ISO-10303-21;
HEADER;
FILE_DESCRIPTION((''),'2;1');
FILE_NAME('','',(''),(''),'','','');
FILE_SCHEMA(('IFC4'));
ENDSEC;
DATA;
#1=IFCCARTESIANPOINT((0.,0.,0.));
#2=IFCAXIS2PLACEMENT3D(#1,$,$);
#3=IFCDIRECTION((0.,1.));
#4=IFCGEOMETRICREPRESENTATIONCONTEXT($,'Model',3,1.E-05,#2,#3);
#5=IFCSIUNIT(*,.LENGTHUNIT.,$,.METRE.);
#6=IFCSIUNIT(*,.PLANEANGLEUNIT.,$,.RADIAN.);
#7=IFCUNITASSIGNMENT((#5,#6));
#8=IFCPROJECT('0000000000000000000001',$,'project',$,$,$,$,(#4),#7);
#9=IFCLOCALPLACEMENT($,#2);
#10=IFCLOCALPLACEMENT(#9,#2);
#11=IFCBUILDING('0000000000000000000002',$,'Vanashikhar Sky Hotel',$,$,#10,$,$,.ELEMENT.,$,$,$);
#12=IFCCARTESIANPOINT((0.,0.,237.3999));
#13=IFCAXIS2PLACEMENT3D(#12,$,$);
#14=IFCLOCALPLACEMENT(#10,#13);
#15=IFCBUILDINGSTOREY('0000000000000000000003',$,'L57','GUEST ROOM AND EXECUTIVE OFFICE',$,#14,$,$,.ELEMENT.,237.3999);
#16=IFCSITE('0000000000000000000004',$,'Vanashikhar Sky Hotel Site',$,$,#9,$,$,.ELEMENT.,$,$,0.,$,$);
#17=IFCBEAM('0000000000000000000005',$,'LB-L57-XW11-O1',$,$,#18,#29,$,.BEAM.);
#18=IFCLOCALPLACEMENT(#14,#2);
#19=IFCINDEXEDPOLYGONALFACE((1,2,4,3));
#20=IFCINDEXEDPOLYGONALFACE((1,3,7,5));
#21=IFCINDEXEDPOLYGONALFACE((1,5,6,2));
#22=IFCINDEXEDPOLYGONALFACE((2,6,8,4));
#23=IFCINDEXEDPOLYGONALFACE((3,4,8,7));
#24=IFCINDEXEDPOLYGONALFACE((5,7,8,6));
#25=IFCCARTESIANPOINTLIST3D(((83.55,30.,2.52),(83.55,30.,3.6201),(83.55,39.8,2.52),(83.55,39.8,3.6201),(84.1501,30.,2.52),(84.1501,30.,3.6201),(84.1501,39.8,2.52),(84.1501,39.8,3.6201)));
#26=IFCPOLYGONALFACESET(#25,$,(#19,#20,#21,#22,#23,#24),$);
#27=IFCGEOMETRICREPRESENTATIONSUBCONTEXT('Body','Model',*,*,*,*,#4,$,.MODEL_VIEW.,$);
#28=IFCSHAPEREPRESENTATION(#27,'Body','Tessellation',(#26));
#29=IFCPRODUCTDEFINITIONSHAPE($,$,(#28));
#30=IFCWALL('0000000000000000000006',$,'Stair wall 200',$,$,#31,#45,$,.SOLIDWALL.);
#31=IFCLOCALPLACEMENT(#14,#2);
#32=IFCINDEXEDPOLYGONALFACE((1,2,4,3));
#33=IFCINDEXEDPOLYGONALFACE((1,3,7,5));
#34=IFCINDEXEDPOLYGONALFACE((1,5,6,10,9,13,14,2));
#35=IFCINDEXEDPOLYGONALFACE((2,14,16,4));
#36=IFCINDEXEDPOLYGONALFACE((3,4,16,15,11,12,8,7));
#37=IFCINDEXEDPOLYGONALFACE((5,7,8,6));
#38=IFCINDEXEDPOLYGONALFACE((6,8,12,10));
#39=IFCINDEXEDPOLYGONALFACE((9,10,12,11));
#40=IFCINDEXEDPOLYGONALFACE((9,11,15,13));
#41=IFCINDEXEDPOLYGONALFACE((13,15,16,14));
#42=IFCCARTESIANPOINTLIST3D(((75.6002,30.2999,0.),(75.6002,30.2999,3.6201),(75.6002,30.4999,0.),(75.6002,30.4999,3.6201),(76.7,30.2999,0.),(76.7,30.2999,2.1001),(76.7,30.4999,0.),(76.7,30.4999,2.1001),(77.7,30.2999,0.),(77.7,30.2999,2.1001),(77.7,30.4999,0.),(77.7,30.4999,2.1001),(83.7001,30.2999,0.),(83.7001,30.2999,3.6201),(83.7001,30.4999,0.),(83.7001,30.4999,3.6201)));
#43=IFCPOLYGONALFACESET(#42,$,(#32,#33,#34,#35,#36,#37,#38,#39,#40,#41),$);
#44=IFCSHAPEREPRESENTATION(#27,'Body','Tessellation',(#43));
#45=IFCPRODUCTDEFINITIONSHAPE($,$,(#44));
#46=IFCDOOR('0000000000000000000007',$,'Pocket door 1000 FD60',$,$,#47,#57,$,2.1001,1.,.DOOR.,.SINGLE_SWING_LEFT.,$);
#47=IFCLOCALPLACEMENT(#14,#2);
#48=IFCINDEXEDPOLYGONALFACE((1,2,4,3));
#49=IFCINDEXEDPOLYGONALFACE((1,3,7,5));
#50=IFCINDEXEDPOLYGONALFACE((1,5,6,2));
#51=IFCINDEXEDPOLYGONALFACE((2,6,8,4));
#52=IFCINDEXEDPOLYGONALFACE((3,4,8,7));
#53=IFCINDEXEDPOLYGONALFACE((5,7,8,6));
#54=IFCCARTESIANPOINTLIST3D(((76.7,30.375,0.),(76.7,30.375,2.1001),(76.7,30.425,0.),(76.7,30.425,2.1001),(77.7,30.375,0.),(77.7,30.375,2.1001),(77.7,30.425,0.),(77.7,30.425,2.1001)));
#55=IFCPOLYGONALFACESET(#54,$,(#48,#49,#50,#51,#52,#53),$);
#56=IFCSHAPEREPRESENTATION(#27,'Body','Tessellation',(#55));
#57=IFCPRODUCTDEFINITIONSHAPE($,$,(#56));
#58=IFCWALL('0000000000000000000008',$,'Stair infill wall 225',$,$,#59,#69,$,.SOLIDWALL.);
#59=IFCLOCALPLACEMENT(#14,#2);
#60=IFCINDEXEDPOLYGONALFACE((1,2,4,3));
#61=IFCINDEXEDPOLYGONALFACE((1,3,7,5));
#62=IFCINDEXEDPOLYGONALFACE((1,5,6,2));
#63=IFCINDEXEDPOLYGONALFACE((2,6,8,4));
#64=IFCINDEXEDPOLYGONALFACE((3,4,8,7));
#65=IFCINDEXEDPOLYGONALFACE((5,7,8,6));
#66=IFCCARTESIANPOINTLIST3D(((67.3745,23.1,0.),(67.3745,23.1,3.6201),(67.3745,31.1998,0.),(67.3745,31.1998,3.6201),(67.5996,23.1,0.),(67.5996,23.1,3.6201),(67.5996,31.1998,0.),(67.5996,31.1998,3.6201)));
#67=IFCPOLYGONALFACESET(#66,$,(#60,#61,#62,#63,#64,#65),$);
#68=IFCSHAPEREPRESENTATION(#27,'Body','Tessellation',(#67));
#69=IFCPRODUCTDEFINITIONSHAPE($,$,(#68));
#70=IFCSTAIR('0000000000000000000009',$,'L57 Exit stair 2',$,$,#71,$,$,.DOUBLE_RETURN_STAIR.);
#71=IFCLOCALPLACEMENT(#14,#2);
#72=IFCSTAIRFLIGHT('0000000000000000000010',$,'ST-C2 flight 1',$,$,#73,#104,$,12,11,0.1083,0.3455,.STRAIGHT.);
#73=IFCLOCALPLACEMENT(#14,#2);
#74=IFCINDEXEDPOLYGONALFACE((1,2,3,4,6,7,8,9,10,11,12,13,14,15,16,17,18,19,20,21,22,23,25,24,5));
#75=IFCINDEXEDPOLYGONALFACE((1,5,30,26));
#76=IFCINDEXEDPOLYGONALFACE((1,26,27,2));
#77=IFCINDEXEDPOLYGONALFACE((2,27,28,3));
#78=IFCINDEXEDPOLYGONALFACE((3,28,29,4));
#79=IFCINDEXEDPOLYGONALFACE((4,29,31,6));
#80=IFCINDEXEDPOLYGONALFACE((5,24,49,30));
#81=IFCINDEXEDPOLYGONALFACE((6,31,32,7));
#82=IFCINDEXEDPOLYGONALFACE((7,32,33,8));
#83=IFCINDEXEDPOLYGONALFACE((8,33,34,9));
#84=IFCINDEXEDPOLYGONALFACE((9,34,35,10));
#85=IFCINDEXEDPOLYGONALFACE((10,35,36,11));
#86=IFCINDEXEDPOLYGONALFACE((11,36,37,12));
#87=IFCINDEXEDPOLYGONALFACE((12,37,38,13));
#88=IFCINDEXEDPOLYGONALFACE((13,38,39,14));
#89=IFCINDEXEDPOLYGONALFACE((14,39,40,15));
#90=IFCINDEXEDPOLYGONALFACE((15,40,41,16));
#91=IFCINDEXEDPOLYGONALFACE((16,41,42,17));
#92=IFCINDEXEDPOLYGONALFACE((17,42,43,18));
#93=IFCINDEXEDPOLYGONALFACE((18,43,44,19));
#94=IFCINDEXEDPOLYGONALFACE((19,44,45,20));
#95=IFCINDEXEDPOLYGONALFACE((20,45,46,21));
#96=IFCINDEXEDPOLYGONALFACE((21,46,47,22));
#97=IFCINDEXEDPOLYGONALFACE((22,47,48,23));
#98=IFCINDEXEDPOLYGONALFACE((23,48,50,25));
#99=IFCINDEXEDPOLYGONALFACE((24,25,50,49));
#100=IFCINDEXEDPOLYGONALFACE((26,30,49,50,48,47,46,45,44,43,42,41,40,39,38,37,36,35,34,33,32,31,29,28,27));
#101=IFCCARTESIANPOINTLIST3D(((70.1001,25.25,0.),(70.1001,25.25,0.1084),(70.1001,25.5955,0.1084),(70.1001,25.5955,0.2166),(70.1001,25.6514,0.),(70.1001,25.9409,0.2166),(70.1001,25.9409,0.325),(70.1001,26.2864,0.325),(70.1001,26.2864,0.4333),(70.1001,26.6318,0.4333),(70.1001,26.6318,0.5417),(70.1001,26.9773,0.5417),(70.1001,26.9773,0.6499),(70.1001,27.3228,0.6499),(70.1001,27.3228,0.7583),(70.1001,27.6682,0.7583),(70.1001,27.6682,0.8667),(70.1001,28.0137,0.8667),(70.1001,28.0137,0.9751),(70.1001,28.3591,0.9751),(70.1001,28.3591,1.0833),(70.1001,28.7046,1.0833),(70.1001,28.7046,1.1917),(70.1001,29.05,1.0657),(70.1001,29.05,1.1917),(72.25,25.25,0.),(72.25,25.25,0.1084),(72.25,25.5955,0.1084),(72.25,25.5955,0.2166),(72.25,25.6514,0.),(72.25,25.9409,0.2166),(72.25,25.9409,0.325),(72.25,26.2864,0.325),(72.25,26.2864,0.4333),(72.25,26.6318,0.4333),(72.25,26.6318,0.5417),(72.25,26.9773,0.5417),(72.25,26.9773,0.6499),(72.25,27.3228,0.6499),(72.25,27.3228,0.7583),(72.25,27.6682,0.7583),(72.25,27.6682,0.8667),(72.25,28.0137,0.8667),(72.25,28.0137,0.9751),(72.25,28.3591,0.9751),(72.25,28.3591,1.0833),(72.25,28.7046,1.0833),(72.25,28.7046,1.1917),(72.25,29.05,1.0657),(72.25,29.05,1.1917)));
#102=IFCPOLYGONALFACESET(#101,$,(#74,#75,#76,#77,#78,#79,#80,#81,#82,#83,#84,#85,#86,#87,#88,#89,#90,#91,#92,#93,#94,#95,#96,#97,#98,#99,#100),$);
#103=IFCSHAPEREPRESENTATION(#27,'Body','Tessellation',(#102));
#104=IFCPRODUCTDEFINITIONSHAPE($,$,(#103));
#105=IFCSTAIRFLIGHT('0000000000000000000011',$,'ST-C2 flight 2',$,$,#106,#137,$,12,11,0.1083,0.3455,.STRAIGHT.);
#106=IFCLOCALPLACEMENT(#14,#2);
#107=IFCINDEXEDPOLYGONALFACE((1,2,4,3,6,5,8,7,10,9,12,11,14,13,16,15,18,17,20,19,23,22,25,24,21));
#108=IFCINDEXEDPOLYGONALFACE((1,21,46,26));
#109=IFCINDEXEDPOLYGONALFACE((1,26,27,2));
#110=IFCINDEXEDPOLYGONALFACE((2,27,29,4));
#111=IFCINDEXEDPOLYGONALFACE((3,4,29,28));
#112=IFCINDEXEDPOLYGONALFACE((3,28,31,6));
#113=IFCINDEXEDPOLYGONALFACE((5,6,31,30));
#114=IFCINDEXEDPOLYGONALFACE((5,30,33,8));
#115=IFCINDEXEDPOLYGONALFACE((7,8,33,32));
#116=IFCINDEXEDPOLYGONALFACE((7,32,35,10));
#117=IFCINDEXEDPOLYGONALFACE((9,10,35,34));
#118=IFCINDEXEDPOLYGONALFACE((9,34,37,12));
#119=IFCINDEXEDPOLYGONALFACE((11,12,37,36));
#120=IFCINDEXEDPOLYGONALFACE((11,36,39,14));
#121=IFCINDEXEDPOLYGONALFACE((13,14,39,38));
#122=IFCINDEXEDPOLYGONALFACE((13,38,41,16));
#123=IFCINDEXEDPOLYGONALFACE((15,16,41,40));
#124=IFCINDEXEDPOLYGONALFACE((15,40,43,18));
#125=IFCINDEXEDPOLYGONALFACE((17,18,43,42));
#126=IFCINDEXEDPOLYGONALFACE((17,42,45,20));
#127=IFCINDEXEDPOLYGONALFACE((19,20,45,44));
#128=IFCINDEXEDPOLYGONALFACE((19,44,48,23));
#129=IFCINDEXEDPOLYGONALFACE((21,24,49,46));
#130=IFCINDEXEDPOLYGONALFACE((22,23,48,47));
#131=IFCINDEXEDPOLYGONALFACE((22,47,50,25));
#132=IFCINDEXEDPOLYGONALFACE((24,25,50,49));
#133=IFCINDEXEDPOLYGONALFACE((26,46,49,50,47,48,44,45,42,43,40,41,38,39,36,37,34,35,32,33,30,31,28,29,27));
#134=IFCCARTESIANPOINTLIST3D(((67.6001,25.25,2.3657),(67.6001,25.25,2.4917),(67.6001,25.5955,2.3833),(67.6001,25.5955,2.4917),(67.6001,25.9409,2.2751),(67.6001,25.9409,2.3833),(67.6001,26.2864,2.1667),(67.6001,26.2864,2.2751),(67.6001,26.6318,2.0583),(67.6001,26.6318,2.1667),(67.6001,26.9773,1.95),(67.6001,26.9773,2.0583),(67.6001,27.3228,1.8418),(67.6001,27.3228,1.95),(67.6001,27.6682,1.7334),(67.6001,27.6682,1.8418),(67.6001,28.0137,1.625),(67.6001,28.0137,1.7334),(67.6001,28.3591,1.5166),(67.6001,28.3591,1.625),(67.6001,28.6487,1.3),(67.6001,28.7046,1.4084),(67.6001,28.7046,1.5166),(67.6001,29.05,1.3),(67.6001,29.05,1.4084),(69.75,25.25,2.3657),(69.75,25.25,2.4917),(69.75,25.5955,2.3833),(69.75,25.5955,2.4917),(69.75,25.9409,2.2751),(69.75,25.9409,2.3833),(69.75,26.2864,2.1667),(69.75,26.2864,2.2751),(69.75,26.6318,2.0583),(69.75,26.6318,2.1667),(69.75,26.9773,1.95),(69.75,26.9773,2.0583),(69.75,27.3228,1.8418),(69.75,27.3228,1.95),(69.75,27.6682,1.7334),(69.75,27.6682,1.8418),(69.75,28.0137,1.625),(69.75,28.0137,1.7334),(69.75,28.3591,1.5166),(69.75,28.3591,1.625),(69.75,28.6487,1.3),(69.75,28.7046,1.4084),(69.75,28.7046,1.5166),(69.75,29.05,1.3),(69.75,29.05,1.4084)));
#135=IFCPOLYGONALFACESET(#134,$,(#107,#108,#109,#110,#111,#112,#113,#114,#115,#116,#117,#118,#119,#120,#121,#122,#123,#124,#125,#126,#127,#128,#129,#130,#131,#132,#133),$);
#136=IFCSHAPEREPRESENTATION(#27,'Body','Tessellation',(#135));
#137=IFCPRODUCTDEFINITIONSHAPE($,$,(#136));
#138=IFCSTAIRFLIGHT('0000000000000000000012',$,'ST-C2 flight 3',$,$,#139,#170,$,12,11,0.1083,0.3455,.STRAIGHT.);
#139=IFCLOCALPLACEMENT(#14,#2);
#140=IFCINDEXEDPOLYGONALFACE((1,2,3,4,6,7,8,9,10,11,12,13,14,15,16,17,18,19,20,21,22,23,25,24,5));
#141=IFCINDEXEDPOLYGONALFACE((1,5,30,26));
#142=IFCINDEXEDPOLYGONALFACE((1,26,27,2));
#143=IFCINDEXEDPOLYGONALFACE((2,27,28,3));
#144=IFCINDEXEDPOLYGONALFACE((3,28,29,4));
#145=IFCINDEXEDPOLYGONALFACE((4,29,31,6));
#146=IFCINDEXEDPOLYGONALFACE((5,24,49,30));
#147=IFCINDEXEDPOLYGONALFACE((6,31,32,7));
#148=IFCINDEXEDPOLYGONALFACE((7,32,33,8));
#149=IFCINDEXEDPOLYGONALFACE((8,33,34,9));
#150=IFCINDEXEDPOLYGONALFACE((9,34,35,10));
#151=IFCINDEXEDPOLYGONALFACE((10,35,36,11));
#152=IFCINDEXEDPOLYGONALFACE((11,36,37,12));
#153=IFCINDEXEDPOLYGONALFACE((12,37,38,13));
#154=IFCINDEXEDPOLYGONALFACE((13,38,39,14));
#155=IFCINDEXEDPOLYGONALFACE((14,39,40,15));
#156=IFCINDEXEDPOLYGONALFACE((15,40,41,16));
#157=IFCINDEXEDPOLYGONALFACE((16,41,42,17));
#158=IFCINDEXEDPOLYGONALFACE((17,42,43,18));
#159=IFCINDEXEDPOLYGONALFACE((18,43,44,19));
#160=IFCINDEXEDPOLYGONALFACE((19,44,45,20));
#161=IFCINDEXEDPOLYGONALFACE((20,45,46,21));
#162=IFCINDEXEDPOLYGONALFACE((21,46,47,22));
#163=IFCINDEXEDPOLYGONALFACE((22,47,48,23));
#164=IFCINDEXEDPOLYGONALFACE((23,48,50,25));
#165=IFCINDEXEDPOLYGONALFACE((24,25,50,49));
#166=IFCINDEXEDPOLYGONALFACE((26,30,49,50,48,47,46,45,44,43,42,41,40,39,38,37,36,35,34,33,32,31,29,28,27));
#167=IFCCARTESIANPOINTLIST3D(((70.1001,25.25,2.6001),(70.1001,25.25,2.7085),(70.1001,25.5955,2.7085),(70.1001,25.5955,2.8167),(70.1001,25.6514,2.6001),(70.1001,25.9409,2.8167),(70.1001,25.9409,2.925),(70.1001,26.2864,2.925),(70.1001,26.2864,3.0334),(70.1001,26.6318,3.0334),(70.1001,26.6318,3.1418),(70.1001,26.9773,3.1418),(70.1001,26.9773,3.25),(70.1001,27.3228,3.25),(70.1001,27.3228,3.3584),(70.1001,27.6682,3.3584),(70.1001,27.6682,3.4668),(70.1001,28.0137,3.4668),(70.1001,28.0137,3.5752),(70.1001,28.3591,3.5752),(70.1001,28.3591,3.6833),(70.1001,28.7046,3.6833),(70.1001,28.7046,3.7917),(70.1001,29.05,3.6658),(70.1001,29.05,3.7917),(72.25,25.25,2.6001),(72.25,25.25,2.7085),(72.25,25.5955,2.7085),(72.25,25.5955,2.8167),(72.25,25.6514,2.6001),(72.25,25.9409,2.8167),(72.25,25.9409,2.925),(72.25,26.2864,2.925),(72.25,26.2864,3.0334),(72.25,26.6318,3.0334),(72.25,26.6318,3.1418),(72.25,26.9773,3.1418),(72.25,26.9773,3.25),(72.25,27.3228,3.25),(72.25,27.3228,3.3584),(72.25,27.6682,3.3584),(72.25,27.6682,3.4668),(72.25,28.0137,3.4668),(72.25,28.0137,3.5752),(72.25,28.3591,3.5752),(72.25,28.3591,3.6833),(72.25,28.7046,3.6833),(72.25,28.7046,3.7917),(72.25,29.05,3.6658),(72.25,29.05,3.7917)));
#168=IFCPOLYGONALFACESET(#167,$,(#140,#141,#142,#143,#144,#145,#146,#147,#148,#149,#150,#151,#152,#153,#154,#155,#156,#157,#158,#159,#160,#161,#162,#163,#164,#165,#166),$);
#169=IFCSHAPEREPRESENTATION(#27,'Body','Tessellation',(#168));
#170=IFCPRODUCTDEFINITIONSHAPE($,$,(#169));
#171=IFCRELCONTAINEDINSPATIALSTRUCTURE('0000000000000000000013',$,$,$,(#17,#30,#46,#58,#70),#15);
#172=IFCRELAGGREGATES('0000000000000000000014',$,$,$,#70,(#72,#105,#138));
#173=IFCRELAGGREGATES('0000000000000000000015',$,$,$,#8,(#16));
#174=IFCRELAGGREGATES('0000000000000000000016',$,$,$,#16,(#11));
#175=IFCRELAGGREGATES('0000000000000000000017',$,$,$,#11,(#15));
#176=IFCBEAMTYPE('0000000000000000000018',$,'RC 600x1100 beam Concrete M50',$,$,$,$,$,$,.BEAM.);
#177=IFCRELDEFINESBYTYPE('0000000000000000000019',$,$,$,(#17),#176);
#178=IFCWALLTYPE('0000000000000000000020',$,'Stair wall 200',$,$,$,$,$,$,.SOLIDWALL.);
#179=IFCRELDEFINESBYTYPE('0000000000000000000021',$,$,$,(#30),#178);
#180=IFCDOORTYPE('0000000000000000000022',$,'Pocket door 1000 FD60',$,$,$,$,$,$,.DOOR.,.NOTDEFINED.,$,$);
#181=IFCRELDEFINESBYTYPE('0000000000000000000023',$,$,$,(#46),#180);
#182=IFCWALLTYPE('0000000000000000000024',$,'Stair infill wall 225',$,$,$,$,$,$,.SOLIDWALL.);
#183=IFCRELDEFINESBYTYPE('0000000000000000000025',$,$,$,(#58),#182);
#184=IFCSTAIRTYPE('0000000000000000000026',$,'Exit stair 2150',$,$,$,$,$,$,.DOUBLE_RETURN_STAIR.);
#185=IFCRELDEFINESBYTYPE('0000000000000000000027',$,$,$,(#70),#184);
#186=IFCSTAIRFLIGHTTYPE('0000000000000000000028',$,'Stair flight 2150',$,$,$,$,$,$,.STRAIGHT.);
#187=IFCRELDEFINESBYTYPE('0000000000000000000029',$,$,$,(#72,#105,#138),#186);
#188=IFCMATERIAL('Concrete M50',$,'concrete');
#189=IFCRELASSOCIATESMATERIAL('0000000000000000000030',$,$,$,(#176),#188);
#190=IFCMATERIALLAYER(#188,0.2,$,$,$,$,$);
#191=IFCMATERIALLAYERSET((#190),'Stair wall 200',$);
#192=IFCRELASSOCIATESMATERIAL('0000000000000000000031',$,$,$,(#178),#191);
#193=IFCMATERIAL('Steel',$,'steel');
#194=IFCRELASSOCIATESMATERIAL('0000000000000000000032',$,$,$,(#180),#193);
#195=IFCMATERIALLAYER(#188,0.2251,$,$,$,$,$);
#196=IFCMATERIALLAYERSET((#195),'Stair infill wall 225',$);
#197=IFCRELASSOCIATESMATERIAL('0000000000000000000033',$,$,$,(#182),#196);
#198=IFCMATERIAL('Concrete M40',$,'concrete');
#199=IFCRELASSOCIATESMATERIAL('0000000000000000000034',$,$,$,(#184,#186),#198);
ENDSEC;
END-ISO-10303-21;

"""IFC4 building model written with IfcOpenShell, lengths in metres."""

from ifc_helpers import new_model, si_unit, direction, frame, frame_2d, origin, origin_2d, place, context, subcontext, project, spatial, polyline, rectangle, outline, extrude, source, transform, mapped, material, layer, layer_set, material_profile, profile_set, type_object, element, fill, aggregate, save


model = new_model("IFC4")

# Units and contexts
model_context = context("Model", 3, precision=1e-05, world=origin(), true_north=direction((0.0, 1.0)))
body_context = subcontext(model_context, "Body", "Model", "MODEL_VIEW")
ifc_project = project(units=[si_unit("LENGTHUNIT", "METRE"), si_unit("PLANEANGLEUNIT", "RADIAN")], contexts=[model_context])

# Site, building, storey
site_placement = place(None, origin())
site = spatial("IfcSite", under=ifc_project, at=site_placement, Name="Vanashikhar Sky Hotel Site", CompositionType="ELEMENT", RefElevation=0.0)
building_placement = place(site_placement, origin())
building = spatial("IfcBuilding", under=site, at=building_placement, Name="Vanashikhar Sky Hotel", CompositionType="ELEMENT")
storey_placement = place(building_placement, frame((0.0, 0.0, 237.3999)))
storey = spatial("IfcBuildingStorey", under=building, at=storey_placement, Name="L57", Description="GUEST ROOM AND EXECUTIVE OFFICE", CompositionType="ELEMENT", Elevation=237.3999)

# Beam
ifc_material_1 = material(Name="Concrete M50", Category="concrete")
ifc_material_profile = material_profile(ifc_material_1, rectangle(XDim=0.6001, YDim=1.1001, at=origin_2d()))
ifc_profile_set = profile_set([ifc_material_profile], Name="RC 600x1100 beam Concrete M50")
beam_type = type_object("IfcBeamType", Name="RC 600x1100 beam Concrete M50", PredefinedType="BEAM", material=ifc_profile_set)
shared_shape_1 = source(origin(), body_context, "Body", "SweptSolid", [
    extrude(rectangle(XDim=0.6001, YDim=1.1001, at=origin_2d()), origin(), (0.0, 0.0, 1.0), 9.8),
])
beam_placement = place(storey_placement, frame((83.8501, 30.0, 3.0701), z_axis=(0.0, 1.0, 0.0), x_axis=(-1.0, 0.0, 0.0)))
element("IfcBeam", 1, at=beam_placement, inside=storey, type_object=beam_type, Name="LB-L57-XW11-O1", PredefinedType="BEAM", context=body_context, shape_type="MappedRepresentation", body=[
    mapped(shared_shape_1, transform((0.0, 0.0, 0.0), scale=1.0)),
])

# Wall, opening, door
ifc_layer_1 = layer(ifc_material_1, 0.2)
ifc_layer_set_1 = layer_set([ifc_layer_1], Name="Stair wall 200")
wall_type_1 = type_object("IfcWallType", Name="Stair wall 200", PredefinedType="SOLIDWALL", material=ifc_layer_set_1)
shared_shape_2 = source(origin(), body_context, "Body", "SweptSolid", [
    extrude(rectangle(XDim=8.0999, YDim=0.2, at=frame_2d((4.0498, 0.0))), origin(), (0.0, 0.0, 1.0), 3.6201),
])
wall_1_placement = place(storey_placement, frame((83.7, 30.3999, 0.0), z_axis=(0.0, 0.0, 1.0), x_axis=(-1.0, 0.0, 0.0)))
wall_1 = element("IfcWall", 2, at=wall_1_placement, inside=storey, type_object=wall_type_1, Name="Stair wall 200", PredefinedType="SOLIDWALL", context=body_context, shape_type="MappedRepresentation", body=[
    mapped(shared_shape_2, transform((0.0, 0.0, 0.0), scale=1.0)),
])
shared_shape_3 = source(origin(), body_context, "Body", "SweptSolid", [
    extrude(rectangle(XDim=1.0, YDim=2.1001, at=frame_2d((0.5, 1.05))), frame((0.0, 0.1099, 0.0), z_axis=(0.0, -1.0, 0.0), x_axis=(1.0, 0.0, 0.0)), (0.0, 0.0, 1.0), 0.22),
])
opening_placement = place(wall_1_placement, frame((6.0, 0.0, 0.0)))
opening = element("IfcOpeningElement", 3, at=opening_placement, cuts=wall_1, PredefinedType="OPENING", context=body_context, shape_type="MappedRepresentation", body=[
    mapped(shared_shape_3, transform((0.0, 0.0, 0.0), scale=1.0)),
])
ifc_material_2 = material(Name="Steel", Category="steel")
door_type = type_object("IfcDoorType", Name="Pocket door 1000 FD60", OperationType="NOTDEFINED", PredefinedType="DOOR", material=ifc_material_2)
shared_shape_4 = source(origin(), body_context, "Body", "SweptSolid", [
    extrude(rectangle(XDim=1.0, YDim=2.1001, at=frame_2d((0.5, 1.05))), frame((0.0, 0.0249, 0.0), z_axis=(0.0, -1.0, 0.0), x_axis=(1.0, 0.0, 0.0)), (0.0, 0.0, 1.0), 0.05),
])
door_placement = place(opening_placement, origin())
door = element("IfcDoor", 4, at=door_placement, inside=storey, type_object=door_type, Name="Pocket door 1000 FD60", OperationType="SINGLE_SWING_LEFT", OverallHeight=2.1001, OverallWidth=1.0, PredefinedType="DOOR", context=body_context, shape_type="MappedRepresentation", body=[
    mapped(shared_shape_4, transform((0.0, 0.0, 0.0), scale=1.0)),
])
fill(opening, door)

# Wall
ifc_layer_2 = layer(ifc_material_1, 0.2251)
ifc_layer_set_2 = layer_set([ifc_layer_2], Name="Stair infill wall 225")
wall_type_2 = type_object("IfcWallType", Name="Stair infill wall 225", PredefinedType="SOLIDWALL", material=ifc_layer_set_2)
shared_shape_5 = source(origin(), body_context, "Body", "SweptSolid", [
    extrude(rectangle(XDim=8.0999, YDim=0.2251, at=frame_2d((4.0498, 0.0))), origin(), (0.0, 0.0, 1.0), 3.6201),
])
wall_2_placement = place(storey_placement, frame((67.4871, 23.1001, 0.0), z_axis=(0.0, 0.0, 1.0), x_axis=(0.0, 1.0, 0.0)))
element("IfcWall", 5, at=wall_2_placement, inside=storey, type_object=wall_type_2, Name="Stair infill wall 225", PredefinedType="SOLIDWALL", context=body_context, shape_type="MappedRepresentation", body=[
    mapped(shared_shape_5, transform((0.0, 0.0, 0.0), scale=1.0)),
])

# Stair, stair flights
ifc_material_3 = material(Name="Concrete M40", Category="concrete")
stair_type = type_object("IfcStairType", Name="Exit stair 2150", PredefinedType="DOUBLE_RETURN_STAIR", material=ifc_material_3)
stair_1_placement = place(storey_placement, origin())
stair_1 = element("IfcStair", 6, at=stair_1_placement, inside=storey, type_object=stair_type, Name="L57 Exit stair 2", PredefinedType="DOUBLE_RETURN_STAIR")
stair_flight_type = type_object("IfcStairFlightType", Name="Stair flight 2150", PredefinedType="STRAIGHT", material=ifc_material_3)
shared_shape_6 = source(origin(), body_context, "Body", "SweptSolid", [
    extrude(outline(polyline([(0.0, 0.0), (0.0, 0.1084), (0.3455, 0.1084), (0.3455, 0.2166), (0.6909, 0.2166), (0.6909, 0.325), (1.0364, 0.325), (1.0364, 0.4333), (1.3818, 0.4333), (1.3818, 0.5417), (1.7273, 0.5417), (1.7273, 0.6499), (2.0728, 0.6499), (2.0728, 0.7583), (2.4182, 0.7583), (2.4182, 0.8667), (2.7637, 0.8667), (2.7637, 0.9751), (3.1091, 0.9751), (3.1091, 1.0833), (3.4546, 1.0833), (3.4546, 1.1917), (3.8, 1.1917), (3.8, 1.3), (3.8, 1.0657), (0.4014, 0.0), (0.0, 0.0)])), frame((0.0, 1.075, 0.0), z_axis=(0.0, -1.0, 0.0), x_axis=(1.0, 0.0, 0.0)), (0.0, 0.0, 1.0), 2.1499),
])
stair_flight_1_placement = place(storey_placement, frame((71.175, 25.25, 0.0), z_axis=(0.0, 0.0, 1.0), x_axis=(0.0, 1.0, 0.0)))
stair_flight_1 = element("IfcStairFlight", 7, at=stair_flight_1_placement, type_object=stair_flight_type, Name="ST-C2 flight 1", NumberOfRisers=12, NumberOfTreads=11, PredefinedType="STRAIGHT", RiserHeight=0.1083, TreadLength=0.3455, context=body_context, shape_type="MappedRepresentation", body=[
    mapped(shared_shape_6, transform((0.0, 0.0, 0.0), scale=1.0)),
])
stair_flight_2_placement = place(storey_placement, frame((68.675, 29.05, 1.3), z_axis=(0.0, 0.0, 1.0), x_axis=(0.0, -1.0, 0.0)))
stair_flight_2 = element("IfcStairFlight", 8, at=stair_flight_2_placement, type_object=stair_flight_type, Name="ST-C2 flight 2", NumberOfRisers=12, NumberOfTreads=11, PredefinedType="STRAIGHT", RiserHeight=0.1083, TreadLength=0.3455, context=body_context, shape_type="MappedRepresentation", body=[
    mapped(shared_shape_6, transform((0.0, 0.0, 0.0), scale=1.0)),
])
stair_flight_3_placement = place(storey_placement, frame((71.175, 25.25, 2.6001), z_axis=(0.0, 0.0, 1.0), x_axis=(0.0, 1.0, 0.0)))
stair_flight_3 = element("IfcStairFlight", 9, at=stair_flight_3_placement, type_object=stair_flight_type, Name="ST-C2 flight 3", NumberOfRisers=12, NumberOfTreads=11, PredefinedType="STRAIGHT", RiserHeight=0.1083, TreadLength=0.3455, context=body_context, shape_type="MappedRepresentation", body=[
    mapped(shared_shape_6, transform((0.0, 0.0, 0.0), scale=1.0)),
])
aggregate(stair_1, [stair_flight_1, stair_flight_2, stair_flight_3])

save(model, "model.ifc")
